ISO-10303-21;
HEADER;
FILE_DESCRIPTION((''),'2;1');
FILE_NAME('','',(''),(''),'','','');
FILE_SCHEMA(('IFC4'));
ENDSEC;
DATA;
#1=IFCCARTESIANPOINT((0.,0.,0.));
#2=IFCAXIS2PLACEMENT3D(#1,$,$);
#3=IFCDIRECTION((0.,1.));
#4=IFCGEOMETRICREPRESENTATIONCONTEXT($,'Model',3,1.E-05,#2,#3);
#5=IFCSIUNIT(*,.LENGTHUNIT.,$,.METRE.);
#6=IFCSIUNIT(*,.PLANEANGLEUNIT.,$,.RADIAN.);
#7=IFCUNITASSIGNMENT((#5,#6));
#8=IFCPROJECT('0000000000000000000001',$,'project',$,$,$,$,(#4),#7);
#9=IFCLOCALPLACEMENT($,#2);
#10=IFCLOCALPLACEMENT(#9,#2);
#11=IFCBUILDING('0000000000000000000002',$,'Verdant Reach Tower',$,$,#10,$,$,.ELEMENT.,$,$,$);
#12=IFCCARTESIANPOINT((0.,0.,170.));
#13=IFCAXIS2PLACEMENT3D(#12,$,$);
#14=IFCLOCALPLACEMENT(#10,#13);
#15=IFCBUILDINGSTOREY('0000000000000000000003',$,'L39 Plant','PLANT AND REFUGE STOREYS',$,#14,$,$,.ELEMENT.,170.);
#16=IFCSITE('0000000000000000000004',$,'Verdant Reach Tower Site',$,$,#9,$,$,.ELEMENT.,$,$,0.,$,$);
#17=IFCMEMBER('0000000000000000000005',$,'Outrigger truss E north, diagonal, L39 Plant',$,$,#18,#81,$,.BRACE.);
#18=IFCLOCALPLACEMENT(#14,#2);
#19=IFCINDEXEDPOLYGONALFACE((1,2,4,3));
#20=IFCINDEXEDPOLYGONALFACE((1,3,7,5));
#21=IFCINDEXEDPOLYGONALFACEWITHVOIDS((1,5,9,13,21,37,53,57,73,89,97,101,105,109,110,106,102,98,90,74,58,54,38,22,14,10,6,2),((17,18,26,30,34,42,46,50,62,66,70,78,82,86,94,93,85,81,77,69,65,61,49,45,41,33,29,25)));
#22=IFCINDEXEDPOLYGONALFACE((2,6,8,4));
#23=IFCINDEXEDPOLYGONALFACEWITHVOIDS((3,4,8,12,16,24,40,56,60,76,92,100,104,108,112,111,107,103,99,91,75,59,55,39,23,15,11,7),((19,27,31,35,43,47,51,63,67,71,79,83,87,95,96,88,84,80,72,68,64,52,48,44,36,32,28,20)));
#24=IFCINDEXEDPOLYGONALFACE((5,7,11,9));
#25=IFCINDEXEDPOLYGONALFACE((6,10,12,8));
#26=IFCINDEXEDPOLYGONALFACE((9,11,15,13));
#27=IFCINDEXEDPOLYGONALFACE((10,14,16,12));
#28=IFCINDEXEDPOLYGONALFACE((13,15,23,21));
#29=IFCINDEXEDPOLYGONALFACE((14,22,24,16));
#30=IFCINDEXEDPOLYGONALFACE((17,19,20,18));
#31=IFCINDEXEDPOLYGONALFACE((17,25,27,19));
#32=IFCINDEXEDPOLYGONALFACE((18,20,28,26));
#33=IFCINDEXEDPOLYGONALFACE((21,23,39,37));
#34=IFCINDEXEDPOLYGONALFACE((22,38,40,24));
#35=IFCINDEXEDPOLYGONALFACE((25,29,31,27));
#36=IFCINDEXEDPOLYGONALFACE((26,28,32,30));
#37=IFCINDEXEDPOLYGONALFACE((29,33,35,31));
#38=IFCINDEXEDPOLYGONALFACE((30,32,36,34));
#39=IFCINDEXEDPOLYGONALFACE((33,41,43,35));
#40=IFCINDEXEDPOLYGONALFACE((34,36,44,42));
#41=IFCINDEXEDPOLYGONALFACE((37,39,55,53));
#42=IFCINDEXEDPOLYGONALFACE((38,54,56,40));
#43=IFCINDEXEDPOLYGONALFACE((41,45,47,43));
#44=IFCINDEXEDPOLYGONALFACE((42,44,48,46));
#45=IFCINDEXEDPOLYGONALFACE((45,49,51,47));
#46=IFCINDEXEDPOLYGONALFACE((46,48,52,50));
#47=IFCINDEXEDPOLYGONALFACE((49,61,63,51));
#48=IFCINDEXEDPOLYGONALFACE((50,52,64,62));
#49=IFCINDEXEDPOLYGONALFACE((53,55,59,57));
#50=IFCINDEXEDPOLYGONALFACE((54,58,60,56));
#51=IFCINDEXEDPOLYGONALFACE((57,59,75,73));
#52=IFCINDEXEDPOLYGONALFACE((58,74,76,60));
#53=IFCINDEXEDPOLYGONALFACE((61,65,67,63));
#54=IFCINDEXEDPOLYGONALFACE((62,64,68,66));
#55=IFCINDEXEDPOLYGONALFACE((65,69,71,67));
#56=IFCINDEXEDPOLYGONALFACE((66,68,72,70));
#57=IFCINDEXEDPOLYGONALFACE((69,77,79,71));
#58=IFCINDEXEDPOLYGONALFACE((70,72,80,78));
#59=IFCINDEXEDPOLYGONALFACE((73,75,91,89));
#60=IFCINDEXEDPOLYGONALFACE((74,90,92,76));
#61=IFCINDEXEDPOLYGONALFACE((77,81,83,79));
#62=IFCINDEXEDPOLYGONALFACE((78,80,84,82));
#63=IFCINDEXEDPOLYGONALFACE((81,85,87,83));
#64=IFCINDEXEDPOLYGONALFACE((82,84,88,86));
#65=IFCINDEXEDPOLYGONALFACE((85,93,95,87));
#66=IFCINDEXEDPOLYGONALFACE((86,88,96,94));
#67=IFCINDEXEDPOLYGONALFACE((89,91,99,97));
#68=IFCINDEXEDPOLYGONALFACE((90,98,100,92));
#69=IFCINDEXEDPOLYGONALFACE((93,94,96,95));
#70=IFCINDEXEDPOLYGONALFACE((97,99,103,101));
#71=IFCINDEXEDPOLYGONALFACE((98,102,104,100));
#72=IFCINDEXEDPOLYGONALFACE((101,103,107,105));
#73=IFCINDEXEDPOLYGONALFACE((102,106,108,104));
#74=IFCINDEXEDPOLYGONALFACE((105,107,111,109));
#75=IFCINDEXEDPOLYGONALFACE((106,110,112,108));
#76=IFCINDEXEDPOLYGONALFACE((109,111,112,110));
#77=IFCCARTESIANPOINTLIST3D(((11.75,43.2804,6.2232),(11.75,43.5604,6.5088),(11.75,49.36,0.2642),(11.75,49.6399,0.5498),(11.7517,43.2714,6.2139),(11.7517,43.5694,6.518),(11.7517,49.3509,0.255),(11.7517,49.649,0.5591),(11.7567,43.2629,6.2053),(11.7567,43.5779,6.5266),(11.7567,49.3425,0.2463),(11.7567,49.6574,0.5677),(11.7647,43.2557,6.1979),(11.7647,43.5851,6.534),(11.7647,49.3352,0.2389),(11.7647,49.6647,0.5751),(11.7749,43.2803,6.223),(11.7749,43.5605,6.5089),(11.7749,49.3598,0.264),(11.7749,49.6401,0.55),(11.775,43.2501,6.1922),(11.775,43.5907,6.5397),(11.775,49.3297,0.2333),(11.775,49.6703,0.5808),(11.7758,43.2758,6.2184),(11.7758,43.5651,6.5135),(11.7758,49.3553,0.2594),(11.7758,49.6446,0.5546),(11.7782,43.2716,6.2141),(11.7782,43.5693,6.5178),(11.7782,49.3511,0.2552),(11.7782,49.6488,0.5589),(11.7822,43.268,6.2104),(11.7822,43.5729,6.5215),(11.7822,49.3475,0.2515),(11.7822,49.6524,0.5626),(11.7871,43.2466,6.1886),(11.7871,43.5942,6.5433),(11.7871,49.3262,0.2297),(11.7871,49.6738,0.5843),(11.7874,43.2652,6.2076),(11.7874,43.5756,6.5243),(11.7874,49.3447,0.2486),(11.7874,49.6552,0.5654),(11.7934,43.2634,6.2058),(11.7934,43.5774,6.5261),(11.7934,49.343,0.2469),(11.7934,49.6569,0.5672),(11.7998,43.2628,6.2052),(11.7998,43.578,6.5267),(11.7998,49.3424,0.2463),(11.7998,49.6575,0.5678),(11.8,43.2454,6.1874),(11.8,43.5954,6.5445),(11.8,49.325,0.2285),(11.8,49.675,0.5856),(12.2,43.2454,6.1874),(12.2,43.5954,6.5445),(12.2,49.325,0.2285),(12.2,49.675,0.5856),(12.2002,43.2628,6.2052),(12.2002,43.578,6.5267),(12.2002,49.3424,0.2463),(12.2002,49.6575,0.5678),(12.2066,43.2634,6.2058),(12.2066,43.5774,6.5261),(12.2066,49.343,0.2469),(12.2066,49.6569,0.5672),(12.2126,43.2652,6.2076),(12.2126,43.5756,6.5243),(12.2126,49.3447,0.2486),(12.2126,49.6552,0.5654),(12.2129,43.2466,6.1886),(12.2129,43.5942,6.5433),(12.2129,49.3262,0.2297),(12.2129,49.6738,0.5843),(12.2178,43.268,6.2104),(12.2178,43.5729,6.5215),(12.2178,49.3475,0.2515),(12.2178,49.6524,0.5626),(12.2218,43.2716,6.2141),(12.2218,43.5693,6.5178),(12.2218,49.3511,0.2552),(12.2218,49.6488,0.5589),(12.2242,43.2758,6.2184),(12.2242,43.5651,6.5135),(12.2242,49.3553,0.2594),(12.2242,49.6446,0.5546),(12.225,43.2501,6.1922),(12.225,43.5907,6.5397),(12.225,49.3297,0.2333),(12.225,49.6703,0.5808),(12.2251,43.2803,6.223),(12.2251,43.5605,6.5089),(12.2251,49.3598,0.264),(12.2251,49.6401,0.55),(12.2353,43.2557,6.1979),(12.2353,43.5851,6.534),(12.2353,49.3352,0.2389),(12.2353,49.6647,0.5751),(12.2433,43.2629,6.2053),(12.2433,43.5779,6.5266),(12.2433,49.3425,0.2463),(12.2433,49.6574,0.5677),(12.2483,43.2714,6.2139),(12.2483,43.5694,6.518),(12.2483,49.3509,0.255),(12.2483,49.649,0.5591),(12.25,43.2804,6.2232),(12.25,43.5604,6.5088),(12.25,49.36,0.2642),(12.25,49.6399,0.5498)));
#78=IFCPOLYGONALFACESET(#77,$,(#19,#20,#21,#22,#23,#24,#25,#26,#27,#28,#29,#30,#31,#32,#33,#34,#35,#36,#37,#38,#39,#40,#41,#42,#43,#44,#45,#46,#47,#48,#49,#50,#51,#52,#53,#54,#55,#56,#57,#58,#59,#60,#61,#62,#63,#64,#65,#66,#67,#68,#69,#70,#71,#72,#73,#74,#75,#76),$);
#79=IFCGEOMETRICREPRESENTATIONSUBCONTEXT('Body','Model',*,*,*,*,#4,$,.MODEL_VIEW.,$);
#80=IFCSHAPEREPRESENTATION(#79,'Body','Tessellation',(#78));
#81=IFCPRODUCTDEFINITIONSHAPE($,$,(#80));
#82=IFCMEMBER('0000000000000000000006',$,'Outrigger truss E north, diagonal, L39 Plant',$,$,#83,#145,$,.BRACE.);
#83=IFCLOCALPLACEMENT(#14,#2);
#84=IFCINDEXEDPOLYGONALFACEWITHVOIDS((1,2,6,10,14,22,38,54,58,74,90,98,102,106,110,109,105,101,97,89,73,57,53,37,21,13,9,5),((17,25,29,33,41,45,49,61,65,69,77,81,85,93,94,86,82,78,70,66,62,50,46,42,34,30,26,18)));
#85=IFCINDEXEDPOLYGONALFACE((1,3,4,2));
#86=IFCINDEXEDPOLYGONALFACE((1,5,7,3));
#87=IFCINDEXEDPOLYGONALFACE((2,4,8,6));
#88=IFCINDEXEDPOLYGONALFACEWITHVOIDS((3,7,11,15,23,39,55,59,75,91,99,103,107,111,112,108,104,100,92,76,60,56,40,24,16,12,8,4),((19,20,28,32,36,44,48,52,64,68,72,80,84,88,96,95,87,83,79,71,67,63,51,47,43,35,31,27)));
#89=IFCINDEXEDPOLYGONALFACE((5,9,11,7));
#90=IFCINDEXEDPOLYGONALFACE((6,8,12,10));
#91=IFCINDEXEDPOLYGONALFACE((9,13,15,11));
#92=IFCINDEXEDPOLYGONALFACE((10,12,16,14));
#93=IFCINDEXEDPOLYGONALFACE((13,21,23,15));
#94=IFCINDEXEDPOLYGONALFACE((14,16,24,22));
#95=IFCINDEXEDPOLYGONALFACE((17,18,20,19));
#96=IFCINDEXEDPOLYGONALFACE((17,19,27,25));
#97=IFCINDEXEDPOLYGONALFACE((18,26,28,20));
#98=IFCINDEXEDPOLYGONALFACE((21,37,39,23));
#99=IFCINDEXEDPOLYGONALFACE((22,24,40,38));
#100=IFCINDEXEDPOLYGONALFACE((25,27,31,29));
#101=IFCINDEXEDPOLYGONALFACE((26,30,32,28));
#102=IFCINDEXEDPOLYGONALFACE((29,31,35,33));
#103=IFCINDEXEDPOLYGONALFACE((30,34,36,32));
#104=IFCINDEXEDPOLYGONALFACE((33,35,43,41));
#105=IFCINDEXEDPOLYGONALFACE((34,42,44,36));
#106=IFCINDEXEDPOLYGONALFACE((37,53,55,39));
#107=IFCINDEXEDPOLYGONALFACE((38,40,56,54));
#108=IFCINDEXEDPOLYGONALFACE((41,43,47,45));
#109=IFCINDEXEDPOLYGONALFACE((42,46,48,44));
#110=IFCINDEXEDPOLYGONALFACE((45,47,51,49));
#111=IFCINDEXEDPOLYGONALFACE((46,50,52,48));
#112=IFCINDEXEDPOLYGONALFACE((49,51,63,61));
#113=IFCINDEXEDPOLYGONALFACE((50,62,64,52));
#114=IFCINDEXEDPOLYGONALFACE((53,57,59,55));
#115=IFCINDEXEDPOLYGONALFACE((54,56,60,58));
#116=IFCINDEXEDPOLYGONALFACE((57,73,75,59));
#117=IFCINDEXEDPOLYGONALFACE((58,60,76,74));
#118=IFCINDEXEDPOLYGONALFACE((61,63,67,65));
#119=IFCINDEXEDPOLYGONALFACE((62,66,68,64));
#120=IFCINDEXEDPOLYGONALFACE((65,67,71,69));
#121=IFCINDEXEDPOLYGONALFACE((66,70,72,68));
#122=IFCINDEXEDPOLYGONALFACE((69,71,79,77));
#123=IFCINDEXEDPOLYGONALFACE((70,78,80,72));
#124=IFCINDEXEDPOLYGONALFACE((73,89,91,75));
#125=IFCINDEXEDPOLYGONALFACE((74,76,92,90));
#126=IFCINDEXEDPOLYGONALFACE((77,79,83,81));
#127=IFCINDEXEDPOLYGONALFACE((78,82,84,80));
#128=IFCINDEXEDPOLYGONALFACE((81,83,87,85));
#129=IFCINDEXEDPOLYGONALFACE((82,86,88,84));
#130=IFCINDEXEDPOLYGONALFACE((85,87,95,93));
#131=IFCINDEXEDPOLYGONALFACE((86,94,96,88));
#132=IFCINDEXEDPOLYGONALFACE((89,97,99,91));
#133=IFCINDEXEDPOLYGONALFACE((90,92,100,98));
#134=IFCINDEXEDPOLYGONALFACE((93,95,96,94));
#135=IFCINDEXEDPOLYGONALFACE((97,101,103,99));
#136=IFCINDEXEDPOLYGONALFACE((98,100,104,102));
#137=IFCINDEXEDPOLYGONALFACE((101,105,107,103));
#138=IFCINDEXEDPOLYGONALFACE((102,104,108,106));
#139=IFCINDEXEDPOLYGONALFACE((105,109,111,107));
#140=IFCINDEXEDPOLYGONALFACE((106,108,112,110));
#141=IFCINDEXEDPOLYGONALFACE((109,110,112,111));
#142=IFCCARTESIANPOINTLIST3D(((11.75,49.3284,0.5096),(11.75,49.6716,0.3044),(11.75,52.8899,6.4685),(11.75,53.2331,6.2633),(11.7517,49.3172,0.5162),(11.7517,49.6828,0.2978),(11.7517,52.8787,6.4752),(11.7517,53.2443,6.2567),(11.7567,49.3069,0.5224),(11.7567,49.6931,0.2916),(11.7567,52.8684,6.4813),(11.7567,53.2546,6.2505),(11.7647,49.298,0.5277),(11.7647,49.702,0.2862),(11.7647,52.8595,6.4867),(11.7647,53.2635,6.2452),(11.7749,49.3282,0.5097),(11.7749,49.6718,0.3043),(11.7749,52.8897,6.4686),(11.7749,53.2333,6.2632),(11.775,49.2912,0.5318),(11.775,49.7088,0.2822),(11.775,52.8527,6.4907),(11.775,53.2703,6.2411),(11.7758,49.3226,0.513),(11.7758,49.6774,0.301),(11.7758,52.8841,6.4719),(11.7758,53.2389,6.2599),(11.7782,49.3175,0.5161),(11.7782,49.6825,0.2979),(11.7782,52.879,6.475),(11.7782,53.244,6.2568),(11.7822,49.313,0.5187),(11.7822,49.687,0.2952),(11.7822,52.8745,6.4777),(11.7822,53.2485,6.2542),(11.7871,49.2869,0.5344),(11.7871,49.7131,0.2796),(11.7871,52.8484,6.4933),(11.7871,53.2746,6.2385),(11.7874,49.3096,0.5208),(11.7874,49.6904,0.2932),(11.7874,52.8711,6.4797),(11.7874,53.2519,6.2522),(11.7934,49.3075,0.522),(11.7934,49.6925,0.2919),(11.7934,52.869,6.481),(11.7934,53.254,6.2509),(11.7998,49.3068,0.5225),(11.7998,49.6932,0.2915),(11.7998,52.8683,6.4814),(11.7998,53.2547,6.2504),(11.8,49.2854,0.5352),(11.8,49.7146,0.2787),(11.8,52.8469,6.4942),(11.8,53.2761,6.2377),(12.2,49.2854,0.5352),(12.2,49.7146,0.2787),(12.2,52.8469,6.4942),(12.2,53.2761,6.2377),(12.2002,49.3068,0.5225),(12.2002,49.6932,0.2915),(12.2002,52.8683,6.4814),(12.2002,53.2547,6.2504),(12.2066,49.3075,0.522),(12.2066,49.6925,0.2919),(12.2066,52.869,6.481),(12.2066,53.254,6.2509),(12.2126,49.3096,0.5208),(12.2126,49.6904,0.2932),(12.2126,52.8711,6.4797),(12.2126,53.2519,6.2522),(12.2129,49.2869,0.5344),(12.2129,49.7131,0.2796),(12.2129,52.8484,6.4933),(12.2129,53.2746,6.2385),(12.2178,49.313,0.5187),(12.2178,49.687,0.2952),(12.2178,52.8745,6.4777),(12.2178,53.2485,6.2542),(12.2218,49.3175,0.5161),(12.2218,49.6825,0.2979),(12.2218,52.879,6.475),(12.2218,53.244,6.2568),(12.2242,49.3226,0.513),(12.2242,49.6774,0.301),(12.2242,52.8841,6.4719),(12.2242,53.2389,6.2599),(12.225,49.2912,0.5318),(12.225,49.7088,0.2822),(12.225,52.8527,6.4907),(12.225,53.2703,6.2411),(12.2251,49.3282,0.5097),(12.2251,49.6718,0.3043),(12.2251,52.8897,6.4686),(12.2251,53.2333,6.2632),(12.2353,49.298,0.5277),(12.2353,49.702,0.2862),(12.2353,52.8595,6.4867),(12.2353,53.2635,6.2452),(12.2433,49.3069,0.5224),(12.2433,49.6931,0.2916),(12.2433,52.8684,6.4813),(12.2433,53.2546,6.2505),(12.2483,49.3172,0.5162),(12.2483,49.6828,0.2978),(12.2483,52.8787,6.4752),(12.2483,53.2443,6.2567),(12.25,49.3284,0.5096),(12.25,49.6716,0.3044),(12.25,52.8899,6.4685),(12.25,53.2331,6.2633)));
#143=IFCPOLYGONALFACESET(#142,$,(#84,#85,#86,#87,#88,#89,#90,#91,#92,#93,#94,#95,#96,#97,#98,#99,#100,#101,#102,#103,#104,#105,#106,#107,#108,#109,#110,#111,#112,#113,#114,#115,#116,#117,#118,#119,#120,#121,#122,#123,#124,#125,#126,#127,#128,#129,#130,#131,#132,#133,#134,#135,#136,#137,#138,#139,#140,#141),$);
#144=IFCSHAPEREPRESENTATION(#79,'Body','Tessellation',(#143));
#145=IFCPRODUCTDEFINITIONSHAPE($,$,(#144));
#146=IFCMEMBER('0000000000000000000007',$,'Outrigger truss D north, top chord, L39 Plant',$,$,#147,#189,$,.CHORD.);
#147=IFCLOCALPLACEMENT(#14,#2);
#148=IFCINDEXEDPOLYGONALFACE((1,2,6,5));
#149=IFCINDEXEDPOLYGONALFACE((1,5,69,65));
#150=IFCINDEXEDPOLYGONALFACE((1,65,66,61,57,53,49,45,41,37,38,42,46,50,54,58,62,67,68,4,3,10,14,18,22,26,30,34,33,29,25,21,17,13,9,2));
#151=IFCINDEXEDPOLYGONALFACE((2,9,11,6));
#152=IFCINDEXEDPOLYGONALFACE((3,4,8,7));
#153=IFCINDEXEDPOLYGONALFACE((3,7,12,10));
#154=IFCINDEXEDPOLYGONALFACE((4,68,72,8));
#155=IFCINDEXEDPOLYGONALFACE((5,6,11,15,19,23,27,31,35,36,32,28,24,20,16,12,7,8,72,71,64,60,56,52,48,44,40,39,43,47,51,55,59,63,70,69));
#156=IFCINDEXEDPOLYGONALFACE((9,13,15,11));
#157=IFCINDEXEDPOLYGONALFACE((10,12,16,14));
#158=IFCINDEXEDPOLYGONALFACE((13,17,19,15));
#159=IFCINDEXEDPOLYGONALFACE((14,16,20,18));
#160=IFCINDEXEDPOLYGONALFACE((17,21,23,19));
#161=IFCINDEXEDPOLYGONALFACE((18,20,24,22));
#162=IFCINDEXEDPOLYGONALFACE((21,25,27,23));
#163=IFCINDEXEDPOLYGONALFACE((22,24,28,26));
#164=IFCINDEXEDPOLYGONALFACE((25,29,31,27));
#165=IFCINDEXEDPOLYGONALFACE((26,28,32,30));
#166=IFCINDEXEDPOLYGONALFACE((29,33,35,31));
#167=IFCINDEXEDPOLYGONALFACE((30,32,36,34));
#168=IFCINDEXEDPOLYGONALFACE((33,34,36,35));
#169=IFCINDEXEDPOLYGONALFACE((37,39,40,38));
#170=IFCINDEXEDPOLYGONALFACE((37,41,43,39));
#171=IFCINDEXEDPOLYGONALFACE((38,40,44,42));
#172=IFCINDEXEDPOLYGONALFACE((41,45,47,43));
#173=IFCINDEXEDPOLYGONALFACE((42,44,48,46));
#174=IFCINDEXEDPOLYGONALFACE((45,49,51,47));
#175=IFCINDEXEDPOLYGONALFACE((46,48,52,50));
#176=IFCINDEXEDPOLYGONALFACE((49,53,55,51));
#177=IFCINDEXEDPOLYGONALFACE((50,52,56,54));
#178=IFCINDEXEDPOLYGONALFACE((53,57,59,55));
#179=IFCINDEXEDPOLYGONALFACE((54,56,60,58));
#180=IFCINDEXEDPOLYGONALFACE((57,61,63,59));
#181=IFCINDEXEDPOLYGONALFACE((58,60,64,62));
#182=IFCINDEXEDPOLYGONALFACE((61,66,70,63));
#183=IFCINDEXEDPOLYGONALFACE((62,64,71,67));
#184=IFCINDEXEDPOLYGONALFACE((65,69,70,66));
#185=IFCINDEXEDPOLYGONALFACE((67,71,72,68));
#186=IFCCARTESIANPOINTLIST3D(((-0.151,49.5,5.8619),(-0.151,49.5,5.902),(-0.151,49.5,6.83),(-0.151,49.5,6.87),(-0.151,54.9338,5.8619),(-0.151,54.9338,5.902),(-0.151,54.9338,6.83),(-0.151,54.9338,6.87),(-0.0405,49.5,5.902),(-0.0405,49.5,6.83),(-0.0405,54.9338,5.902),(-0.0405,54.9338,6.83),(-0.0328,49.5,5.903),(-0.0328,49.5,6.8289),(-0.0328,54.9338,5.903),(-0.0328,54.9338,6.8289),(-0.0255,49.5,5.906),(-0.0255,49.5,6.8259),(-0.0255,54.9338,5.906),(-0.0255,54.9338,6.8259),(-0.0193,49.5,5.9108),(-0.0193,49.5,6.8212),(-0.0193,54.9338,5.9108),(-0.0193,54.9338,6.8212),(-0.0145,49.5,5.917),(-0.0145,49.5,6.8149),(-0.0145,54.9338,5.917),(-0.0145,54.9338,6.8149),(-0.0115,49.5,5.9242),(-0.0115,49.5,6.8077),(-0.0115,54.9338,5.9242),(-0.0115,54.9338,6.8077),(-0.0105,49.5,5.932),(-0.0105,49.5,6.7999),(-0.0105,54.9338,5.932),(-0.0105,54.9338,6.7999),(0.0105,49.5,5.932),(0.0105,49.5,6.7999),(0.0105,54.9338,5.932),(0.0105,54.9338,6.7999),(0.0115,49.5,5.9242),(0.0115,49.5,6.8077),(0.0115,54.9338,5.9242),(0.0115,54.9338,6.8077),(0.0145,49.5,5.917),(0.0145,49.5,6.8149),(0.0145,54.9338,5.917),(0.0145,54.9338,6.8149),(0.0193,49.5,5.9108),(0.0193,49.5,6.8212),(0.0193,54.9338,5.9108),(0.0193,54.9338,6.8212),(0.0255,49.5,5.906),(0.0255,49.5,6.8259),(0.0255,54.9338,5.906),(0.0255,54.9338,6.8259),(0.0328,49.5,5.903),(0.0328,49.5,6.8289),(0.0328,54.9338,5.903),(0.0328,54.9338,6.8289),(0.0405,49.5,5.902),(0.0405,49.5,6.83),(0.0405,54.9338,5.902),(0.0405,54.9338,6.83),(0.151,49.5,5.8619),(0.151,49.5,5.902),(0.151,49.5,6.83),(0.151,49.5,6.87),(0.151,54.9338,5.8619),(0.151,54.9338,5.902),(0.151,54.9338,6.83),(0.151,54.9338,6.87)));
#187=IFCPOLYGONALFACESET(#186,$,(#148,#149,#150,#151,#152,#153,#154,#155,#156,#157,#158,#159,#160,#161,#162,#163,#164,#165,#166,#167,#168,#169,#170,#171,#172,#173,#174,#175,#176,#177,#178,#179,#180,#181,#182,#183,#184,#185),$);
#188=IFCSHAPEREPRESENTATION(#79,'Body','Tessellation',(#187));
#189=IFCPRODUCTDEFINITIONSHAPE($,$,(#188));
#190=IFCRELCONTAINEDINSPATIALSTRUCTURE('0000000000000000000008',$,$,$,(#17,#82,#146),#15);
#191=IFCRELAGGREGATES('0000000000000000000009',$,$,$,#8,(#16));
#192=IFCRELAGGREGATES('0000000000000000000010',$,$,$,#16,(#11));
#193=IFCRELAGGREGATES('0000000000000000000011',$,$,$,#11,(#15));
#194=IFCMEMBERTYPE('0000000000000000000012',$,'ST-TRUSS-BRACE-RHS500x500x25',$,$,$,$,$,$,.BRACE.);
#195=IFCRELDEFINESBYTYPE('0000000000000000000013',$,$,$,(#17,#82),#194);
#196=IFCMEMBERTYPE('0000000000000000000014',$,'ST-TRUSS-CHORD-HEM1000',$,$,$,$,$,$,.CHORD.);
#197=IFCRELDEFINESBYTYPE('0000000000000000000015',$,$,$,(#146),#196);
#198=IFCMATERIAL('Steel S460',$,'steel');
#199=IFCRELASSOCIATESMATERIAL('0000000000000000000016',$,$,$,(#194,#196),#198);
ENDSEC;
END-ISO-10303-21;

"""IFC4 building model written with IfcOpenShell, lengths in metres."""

from ifc_helpers import new_model, si_unit, direction, frame, origin, origin_2d, place, context, subcontext, project, spatial, hollow_rectangle, i_section, extrude, material, material_profile, profile_set, type_object, element, save


model = new_model("IFC4")

# Units and contexts
model_context = context("Model", 3, precision=1e-05, world=origin(), true_north=direction((0.0, 1.0)))
body_context = subcontext(model_context, "Body", "Model", "MODEL_VIEW")
ifc_project = project(units=[si_unit("LENGTHUNIT", "METRE"), si_unit("PLANEANGLEUNIT", "RADIAN")], contexts=[model_context])

# Site, building, storey
site_placement = place(None, origin())
site = spatial("IfcSite", under=ifc_project, at=site_placement, Name="Verdant Reach Tower Site", CompositionType="ELEMENT", RefElevation=0.0)
building_placement = place(site_placement, origin())
building = spatial("IfcBuilding", under=site, at=building_placement, Name="Verdant Reach Tower", CompositionType="ELEMENT")
storey_placement = place(building_placement, frame((0.0, 0.0, 170.0)))
storey = spatial("IfcBuildingStorey", under=building, at=storey_placement, Name="L39 Plant", Description="PLANT AND REFUGE STOREYS", CompositionType="ELEMENT", Elevation=170.0)

# Shared definitions
ifc_material_1 = material(Name="Steel S460", Category="steel")

# Members
ifc_material_profile_1 = material_profile(ifc_material_1, hollow_rectangle(XDim=0.5, YDim=0.5, WallThickness=0.0249, InnerFilletRadius=0.0249, OuterFilletRadius=0.05, at=origin_2d()), Name="RHS 500x500x25")
ifc_profile_set_1 = profile_set([ifc_material_profile_1], Name="Steel S460")
member_type_1 = type_object("IfcMemberType", Name="ST-TRUSS-BRACE-RHS500x500x25", PredefinedType="BRACE", material=ifc_profile_set_1)
member_1_placement = place(storey_placement, frame((12.0, 43.4204, 6.366), z_axis=(0.0, 0.714155, -0.699988), x_axis=(-1.0, 0.0, 0.0)))
element("IfcMember", 1, at=member_1_placement, inside=storey, type_object=member_type_1, Name="Outrigger truss E north, diagonal, L39 Plant", PredefinedType="BRACE", context=body_context, shape_type="SweptSolid", body=[
    extrude(hollow_rectangle(XDim=0.5, YDim=0.5, WallThickness=0.0249, InnerFilletRadius=0.0249, OuterFilletRadius=0.05, at=origin_2d()), origin(), (0.0, 0.0, 1.0), 8.5129),
])
member_2_placement = place(storey_placement, frame((12.0, 49.5, 0.407), z_axis=(0.0, 0.513026, 0.858373), x_axis=(-1.0, 0.0, 0.0)))
element("IfcMember", 2, at=member_2_placement, inside=storey, type_object=member_type_1, Name="Outrigger truss E north, diagonal, L39 Plant", PredefinedType="BRACE", context=body_context, shape_type="SweptSolid", body=[
    extrude(hollow_rectangle(XDim=0.5, YDim=0.5, WallThickness=0.0249, InnerFilletRadius=0.0249, OuterFilletRadius=0.05, at=origin_2d()), origin(), (0.0, 0.0, 1.0), 6.9421),
])
ifc_material_profile_2 = material_profile(ifc_material_1, i_section(OverallWidth=0.302, OverallDepth=1.0081, WebThickness=0.021, FlangeThickness=0.04, FilletRadius=0.03, at=origin_2d()), Name="HEM 1000")
ifc_profile_set_2 = profile_set([ifc_material_profile_2], Name="Steel S460")
member_type_2 = type_object("IfcMemberType", Name="ST-TRUSS-CHORD-HEM1000", PredefinedType="CHORD", material=ifc_profile_set_2)
member_3_placement = place(storey_placement, frame((0.0, 49.5, 6.366), z_axis=(0.0, 1.0, 0.0), x_axis=(-1.0, 0.0, 0.0)))
element("IfcMember", 3, at=member_3_placement, inside=storey, type_object=member_type_2, Name="Outrigger truss D north, top chord, L39 Plant", PredefinedType="CHORD", context=body_context, shape_type="SweptSolid", body=[
    extrude(i_section(OverallWidth=0.302, OverallDepth=1.0081, WebThickness=0.021, FlangeThickness=0.04, FilletRadius=0.03, at=origin_2d()), origin(), (0.0, 0.0, 1.0), 5.4338),
])

save(model, "model.ifc")
